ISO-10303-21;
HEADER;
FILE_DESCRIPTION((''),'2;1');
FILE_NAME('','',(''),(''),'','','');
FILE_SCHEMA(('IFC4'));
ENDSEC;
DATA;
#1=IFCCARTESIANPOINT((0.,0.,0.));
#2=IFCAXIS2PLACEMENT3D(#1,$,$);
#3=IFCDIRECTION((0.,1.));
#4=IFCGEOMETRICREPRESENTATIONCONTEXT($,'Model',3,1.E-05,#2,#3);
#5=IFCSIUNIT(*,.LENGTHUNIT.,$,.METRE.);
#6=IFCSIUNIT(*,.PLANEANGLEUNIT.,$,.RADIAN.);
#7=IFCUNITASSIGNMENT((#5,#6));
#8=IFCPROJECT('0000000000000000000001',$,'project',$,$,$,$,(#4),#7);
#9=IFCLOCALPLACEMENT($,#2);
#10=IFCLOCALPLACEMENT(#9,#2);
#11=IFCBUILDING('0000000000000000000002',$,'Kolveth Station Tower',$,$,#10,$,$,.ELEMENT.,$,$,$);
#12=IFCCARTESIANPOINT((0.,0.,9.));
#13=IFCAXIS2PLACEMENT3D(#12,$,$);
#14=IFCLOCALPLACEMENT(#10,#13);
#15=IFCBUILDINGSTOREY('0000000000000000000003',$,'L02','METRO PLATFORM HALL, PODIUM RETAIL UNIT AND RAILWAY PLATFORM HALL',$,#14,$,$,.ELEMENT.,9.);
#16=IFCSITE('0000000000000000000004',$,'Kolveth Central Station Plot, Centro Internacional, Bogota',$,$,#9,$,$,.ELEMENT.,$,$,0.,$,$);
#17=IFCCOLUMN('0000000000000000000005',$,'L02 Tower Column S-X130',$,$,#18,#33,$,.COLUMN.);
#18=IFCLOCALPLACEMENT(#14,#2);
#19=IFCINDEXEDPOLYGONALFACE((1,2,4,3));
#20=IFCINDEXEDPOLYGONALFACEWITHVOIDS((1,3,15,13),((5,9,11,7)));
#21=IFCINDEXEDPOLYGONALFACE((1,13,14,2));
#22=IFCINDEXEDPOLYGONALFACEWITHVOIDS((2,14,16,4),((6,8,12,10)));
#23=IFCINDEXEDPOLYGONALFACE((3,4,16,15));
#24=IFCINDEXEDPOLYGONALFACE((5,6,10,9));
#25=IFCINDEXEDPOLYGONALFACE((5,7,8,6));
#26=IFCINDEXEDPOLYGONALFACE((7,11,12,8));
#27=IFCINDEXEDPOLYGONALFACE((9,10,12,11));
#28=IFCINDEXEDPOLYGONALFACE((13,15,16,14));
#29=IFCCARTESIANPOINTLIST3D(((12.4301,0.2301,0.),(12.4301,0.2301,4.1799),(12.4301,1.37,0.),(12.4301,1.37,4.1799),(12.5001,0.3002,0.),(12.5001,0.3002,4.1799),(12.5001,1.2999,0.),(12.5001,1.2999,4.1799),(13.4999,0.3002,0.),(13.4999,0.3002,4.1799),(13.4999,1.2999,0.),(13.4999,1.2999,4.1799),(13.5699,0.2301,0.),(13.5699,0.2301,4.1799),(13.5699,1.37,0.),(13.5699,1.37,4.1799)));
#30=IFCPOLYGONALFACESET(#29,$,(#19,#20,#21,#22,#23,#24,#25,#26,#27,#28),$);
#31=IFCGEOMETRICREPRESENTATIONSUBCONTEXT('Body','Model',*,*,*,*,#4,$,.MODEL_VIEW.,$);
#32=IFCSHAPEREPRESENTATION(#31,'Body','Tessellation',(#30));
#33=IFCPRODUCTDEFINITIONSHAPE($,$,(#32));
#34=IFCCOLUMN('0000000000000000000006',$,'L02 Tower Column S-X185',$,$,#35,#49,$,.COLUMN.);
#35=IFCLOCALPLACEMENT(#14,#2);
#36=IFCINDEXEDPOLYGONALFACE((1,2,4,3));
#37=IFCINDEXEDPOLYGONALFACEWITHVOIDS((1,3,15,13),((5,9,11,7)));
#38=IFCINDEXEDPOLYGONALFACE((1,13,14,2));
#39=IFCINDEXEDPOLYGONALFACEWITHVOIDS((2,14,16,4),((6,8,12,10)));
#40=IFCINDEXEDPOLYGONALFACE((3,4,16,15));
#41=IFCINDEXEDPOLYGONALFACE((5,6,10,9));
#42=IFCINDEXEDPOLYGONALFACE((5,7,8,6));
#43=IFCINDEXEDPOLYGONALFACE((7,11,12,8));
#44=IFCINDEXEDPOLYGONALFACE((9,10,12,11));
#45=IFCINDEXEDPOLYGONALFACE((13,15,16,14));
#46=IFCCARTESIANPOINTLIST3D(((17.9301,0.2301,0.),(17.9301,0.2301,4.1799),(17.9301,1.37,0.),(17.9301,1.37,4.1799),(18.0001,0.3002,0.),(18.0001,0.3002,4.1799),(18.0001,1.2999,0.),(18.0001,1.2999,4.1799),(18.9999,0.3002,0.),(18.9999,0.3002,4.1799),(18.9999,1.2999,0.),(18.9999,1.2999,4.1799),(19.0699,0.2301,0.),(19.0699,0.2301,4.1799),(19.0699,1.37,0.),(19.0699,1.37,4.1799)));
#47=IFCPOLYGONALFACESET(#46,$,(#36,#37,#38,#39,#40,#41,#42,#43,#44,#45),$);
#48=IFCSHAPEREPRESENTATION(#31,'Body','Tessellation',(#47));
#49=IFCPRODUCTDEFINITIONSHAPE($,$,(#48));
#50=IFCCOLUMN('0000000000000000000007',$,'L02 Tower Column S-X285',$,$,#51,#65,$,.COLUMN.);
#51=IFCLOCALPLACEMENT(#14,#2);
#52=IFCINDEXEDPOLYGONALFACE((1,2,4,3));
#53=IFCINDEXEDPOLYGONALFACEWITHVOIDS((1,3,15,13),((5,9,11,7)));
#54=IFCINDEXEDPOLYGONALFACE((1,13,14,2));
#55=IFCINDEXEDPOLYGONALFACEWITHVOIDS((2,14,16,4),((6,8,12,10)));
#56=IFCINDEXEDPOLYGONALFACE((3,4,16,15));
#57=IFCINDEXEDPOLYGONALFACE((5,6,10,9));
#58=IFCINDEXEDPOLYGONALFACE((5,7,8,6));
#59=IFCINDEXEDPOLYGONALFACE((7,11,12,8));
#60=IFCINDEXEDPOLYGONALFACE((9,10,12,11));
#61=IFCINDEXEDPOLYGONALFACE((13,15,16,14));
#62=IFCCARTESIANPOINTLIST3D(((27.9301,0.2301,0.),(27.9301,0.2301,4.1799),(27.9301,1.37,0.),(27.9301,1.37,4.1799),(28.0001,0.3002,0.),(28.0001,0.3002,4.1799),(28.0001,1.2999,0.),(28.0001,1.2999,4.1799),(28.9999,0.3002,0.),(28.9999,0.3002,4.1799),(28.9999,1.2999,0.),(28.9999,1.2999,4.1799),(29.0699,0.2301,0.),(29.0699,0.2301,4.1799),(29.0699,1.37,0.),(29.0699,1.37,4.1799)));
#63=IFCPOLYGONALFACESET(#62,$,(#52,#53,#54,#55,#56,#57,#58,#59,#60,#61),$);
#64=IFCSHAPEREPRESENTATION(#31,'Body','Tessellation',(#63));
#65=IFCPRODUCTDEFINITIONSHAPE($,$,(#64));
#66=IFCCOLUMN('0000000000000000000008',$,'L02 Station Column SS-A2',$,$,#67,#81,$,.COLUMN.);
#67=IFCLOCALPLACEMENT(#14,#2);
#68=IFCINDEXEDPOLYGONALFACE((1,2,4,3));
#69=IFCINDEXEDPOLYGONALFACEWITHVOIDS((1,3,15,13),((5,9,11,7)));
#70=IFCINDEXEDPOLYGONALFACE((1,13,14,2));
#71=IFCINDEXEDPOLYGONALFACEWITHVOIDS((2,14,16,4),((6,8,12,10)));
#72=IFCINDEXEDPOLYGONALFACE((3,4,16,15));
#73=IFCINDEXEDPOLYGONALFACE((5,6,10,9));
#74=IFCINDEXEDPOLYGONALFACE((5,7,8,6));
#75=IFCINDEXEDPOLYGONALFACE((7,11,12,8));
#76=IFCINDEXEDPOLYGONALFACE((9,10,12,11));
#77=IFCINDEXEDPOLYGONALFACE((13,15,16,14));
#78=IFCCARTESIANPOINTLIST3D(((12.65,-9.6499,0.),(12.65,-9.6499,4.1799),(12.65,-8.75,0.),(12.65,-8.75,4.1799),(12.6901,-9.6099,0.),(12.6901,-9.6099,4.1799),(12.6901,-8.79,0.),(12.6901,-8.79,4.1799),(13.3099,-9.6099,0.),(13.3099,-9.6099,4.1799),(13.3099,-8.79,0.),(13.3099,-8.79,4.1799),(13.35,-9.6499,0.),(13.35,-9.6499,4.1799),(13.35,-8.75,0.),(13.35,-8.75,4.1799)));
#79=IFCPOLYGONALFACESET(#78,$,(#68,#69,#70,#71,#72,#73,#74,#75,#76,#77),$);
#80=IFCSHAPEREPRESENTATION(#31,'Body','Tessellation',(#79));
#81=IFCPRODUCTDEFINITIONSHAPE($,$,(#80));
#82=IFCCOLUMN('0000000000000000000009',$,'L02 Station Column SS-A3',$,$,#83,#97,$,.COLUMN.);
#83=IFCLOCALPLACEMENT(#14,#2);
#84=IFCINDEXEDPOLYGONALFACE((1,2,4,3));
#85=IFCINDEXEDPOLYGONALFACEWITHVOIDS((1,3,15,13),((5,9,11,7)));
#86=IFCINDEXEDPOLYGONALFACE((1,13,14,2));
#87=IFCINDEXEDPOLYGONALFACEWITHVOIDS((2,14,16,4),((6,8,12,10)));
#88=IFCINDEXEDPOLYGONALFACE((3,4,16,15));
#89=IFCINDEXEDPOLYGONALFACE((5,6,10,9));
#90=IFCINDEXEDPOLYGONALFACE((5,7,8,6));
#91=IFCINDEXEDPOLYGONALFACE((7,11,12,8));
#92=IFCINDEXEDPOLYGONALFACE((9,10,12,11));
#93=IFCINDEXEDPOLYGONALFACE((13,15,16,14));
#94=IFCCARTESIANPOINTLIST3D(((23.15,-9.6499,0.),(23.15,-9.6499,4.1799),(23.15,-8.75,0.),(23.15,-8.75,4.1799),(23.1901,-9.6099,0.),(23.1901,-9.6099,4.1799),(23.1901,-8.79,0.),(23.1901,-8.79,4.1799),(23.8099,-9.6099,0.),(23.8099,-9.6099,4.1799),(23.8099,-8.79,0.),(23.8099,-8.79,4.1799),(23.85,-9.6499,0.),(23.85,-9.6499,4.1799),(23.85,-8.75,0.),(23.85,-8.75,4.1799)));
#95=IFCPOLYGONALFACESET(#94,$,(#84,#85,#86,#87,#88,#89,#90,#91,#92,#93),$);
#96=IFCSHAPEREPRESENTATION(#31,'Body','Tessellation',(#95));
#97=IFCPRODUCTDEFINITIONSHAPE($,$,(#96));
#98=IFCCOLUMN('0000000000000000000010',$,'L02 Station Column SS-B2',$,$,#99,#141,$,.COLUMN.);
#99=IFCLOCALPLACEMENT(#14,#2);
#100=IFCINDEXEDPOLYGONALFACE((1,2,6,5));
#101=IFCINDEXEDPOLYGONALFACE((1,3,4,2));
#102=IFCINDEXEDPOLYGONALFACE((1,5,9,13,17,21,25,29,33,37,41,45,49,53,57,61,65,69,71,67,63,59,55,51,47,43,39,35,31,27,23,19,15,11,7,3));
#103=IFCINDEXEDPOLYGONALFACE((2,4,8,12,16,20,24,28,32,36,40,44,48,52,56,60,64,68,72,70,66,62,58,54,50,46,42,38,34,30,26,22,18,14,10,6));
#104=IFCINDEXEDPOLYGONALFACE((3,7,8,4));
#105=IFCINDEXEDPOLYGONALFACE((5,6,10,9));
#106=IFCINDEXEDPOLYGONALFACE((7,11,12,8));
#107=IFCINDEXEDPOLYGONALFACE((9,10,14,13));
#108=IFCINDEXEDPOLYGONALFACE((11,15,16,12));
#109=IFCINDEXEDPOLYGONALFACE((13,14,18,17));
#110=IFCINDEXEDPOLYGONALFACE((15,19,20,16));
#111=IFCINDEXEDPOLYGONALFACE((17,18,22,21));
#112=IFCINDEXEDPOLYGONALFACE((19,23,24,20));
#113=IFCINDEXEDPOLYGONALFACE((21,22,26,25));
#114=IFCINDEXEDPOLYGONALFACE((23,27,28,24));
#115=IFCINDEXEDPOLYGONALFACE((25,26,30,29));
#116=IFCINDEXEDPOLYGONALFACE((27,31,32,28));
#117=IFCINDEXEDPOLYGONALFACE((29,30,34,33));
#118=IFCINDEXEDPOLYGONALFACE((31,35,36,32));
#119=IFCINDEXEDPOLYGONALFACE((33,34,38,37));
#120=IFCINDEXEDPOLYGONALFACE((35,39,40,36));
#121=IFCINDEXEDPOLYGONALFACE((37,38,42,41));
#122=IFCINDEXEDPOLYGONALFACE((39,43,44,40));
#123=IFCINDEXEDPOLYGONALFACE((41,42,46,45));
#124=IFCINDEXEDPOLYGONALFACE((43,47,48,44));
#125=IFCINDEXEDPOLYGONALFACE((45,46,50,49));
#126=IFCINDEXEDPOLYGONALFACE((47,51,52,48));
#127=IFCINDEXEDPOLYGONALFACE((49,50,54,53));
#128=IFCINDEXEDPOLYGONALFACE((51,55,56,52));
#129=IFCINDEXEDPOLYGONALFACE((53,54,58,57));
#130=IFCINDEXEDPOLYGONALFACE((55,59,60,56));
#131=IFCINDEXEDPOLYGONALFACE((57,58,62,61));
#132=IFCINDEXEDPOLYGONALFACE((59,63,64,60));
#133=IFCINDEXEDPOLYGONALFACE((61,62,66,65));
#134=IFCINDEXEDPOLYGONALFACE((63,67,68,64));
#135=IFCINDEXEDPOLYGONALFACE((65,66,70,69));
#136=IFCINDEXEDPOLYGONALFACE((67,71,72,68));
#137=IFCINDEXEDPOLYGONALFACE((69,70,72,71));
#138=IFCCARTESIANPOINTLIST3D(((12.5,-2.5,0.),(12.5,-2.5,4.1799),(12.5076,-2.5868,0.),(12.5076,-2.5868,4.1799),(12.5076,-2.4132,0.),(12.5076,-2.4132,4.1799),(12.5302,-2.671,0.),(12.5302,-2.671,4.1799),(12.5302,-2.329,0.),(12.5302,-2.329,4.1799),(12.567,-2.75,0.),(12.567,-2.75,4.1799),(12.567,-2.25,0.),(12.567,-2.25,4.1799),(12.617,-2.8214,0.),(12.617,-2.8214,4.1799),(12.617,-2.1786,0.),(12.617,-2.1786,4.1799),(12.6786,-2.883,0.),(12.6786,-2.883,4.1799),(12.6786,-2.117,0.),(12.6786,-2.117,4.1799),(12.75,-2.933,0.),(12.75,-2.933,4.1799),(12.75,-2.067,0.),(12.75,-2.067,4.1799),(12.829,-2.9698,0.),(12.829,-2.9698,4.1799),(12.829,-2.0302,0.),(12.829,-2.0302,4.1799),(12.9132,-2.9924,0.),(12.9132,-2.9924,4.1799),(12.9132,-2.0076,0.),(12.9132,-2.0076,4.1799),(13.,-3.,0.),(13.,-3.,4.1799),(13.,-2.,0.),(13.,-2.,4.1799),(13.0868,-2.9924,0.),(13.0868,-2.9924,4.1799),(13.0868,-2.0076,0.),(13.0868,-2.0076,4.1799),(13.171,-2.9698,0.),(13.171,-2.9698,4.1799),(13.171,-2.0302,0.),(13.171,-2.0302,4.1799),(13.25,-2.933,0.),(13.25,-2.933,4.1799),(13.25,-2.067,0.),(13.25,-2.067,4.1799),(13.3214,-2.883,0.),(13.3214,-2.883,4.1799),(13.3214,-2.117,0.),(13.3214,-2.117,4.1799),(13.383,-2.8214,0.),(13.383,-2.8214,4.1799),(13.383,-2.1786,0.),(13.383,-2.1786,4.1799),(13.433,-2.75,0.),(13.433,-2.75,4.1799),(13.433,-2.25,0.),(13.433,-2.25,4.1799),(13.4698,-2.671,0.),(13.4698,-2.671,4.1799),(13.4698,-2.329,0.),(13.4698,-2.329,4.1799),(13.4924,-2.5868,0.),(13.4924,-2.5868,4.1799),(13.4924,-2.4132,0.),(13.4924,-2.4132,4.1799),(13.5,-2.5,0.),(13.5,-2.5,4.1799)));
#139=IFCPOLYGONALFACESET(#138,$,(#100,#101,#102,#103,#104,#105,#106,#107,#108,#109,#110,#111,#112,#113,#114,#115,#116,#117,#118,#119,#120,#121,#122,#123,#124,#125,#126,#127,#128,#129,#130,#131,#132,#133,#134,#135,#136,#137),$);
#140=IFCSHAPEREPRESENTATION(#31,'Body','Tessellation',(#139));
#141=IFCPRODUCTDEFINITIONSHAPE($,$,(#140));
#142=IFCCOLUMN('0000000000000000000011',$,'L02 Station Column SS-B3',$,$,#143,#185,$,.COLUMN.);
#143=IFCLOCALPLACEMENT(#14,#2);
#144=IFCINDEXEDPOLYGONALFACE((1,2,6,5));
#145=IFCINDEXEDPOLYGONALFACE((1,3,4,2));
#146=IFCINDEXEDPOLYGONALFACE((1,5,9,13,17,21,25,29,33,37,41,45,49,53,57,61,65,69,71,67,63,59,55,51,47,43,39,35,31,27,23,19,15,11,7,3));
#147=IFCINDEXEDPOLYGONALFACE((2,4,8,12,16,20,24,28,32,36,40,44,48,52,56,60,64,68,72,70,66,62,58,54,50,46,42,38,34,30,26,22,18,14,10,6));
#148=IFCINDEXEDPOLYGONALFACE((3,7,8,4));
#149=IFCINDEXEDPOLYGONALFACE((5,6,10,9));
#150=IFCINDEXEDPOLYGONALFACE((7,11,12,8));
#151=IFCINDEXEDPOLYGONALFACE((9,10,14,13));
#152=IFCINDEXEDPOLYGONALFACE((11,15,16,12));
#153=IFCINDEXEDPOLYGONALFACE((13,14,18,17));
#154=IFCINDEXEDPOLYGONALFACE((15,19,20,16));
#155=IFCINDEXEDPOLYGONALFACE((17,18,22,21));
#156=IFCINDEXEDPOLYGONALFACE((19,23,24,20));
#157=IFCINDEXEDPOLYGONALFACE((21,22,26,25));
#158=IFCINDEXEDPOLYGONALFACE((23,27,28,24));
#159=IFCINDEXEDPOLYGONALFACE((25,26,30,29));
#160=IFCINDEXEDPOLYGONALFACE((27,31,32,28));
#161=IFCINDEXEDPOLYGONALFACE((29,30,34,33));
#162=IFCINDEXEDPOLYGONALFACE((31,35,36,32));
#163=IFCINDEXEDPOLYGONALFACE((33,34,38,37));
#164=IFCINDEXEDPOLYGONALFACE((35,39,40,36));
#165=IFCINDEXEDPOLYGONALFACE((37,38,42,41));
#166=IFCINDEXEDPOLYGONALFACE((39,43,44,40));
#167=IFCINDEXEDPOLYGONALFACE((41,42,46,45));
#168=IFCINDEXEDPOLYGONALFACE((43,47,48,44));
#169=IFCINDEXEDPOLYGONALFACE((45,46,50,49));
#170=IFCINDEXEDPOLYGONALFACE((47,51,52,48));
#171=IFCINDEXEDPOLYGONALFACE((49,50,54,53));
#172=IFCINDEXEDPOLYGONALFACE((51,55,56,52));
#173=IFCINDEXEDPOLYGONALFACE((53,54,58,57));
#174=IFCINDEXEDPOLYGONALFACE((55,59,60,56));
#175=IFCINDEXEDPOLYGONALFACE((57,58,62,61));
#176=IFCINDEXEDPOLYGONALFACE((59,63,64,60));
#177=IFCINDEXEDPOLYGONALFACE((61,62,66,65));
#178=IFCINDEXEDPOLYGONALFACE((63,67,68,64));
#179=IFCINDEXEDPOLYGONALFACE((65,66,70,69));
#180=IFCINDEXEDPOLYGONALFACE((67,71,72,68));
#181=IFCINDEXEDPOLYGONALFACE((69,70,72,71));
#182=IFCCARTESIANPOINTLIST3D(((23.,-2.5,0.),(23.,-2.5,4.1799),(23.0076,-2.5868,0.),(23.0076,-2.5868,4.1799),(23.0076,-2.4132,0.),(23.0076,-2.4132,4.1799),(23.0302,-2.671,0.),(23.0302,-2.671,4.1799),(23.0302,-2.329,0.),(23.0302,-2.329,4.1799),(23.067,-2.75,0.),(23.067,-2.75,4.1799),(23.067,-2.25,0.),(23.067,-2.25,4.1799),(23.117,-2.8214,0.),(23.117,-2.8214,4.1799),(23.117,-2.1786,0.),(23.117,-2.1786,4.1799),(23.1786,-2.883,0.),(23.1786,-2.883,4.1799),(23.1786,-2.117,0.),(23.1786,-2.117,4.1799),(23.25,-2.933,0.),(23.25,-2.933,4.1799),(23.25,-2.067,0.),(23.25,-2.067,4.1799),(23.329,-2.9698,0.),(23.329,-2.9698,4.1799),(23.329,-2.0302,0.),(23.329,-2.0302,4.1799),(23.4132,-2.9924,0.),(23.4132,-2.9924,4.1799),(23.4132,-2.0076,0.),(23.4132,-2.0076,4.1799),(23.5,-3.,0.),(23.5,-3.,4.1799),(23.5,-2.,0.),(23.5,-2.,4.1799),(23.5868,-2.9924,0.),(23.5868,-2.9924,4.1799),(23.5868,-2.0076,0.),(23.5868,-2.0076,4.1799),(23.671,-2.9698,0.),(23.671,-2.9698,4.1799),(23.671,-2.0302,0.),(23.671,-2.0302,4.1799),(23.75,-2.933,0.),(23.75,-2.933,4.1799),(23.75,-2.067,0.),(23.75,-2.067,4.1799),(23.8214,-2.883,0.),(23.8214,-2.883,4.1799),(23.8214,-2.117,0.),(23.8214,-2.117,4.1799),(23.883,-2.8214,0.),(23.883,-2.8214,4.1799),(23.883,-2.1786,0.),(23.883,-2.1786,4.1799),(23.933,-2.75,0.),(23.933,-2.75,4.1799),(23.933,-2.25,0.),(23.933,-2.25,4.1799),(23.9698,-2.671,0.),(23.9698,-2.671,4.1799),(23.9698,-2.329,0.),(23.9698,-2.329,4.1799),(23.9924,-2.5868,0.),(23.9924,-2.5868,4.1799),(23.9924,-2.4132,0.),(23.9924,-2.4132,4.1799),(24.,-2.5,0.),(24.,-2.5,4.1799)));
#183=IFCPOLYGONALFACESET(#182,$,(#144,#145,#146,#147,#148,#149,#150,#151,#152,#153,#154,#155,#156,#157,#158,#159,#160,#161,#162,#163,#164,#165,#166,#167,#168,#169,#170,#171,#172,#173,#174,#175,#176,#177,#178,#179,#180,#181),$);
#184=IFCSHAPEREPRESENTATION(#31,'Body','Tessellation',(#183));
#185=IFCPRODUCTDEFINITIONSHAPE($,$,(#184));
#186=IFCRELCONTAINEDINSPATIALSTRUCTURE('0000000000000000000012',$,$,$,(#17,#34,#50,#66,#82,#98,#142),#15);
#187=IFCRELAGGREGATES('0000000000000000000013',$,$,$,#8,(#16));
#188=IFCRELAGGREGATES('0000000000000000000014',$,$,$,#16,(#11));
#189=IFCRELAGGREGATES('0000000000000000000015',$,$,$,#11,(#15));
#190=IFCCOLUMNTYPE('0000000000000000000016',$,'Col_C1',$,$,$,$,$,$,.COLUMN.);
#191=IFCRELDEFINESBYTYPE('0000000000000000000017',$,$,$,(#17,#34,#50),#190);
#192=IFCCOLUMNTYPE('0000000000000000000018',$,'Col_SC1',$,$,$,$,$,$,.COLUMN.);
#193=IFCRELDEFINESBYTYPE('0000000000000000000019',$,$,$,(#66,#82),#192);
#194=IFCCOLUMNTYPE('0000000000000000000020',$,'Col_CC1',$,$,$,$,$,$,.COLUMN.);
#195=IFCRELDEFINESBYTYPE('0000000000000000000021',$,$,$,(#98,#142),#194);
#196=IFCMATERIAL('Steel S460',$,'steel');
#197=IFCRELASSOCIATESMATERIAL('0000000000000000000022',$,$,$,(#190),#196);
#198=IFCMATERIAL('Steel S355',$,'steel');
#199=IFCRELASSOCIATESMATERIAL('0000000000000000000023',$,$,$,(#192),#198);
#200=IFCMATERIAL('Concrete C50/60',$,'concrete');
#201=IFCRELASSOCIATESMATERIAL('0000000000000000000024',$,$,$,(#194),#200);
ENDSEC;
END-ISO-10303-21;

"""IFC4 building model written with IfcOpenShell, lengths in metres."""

from ifc_helpers import new_model, si_unit, direction, frame, origin, origin_2d, place, context, subcontext, project, spatial, hollow_rectangle, circle, extrude, source, transform, mapped, material, material_profile, profile_set, type_object, element, save


model = new_model("IFC4")

# Units and contexts
model_context = context("Model", 3, precision=1e-05, world=origin(), true_north=direction((0.0, 1.0)))
body_context = subcontext(model_context, "Body", "Model", "MODEL_VIEW")
ifc_project = project(units=[si_unit("LENGTHUNIT", "METRE"), si_unit("PLANEANGLEUNIT", "RADIAN")], contexts=[model_context])

# Site, building, storey
site_placement = place(None, origin())
site = spatial("IfcSite", under=ifc_project, at=site_placement, Name="Kolveth Central Station Plot, Centro Internacional, Bogota", CompositionType="ELEMENT", RefElevation=0.0)
building_placement = place(site_placement, origin())
building = spatial("IfcBuilding", under=site, at=building_placement, Name="Kolveth Station Tower", CompositionType="ELEMENT")
storey_placement = place(building_placement, frame((0.0, 0.0, 9.0)))
storey = spatial("IfcBuildingStorey", under=building, at=storey_placement, Name="L02", Description="METRO PLATFORM HALL, PODIUM RETAIL UNIT AND RAILWAY PLATFORM HALL", CompositionType="ELEMENT", Elevation=9.0)

# Columns
ifc_material_1 = material(Name="Steel S460", Category="steel")
ifc_material_profile_1 = material_profile(ifc_material_1, hollow_rectangle(XDim=1.1399, YDim=1.1399, WallThickness=0.0701, at=origin_2d()), Name="BOX1140x1140x70")
ifc_profile_set_1 = profile_set([ifc_material_profile_1], Name="Steel S460")
column_type_1 = type_object("IfcColumnType", Name="Col_C1", PredefinedType="COLUMN", material=ifc_profile_set_1)
shared_shape_1 = source(origin(), body_context, "Body", "SweptSolid", [
    extrude(hollow_rectangle(XDim=1.1399, YDim=1.1399, WallThickness=0.0701, at=origin_2d()), origin(), (0.0, 0.0, 1.0), 4.1799),
])
for number, where, z_axis, x_axis, name in (
    (1, (13.0, 0.8, 0.0), (0.0, 0.0, 1.0), (1.0, 0.0, 0.0), "L02 Tower Column S-X130"),
    (2, (18.5, 0.8, 0.0), (0.0, 0.0, 1.0), (1.0, 0.0, 0.0), "L02 Tower Column S-X185"),
    (3, (28.5, 0.8, 0.0), (0.0, 0.0, 1.0), (1.0, 0.0, 0.0), "L02 Tower Column S-X285"),
):
    element("IfcColumn", number, at=place(storey_placement, frame(where, z_axis=z_axis, x_axis=x_axis)), inside=storey, type_object=column_type_1, Name=name, PredefinedType="COLUMN", context=body_context, shape_type="MappedRepresentation", body=[
        mapped(shared_shape_1, transform((0.0, 0.0, 0.0), x_axis=(1.0, 0.0, 0.0), y_axis=(0.0, 1.0, 0.0), z_axis=(0.0, 0.0, 1.0), scale=1.0)),
    ])
ifc_material_2 = material(Name="Steel S355", Category="steel")
ifc_material_profile_2 = material_profile(ifc_material_2, hollow_rectangle(XDim=0.7, YDim=0.8999, WallThickness=0.04, at=origin_2d()), Name="BOX900x700x40")
ifc_profile_set_2 = profile_set([ifc_material_profile_2], Name="Steel S355")
column_type_2 = type_object("IfcColumnType", Name="Col_SC1", PredefinedType="COLUMN", material=ifc_profile_set_2)
shared_shape_2 = source(origin(), body_context, "Body", "SweptSolid", [
    extrude(hollow_rectangle(XDim=0.7, YDim=0.8999, WallThickness=0.04, at=origin_2d()), origin(), (0.0, 0.0, 1.0), 4.1799),
])
for number, where, z_axis, x_axis, name in (
    (4, (13.0, -9.2, 0.0), (0.0, 0.0, 1.0), (1.0, 0.0, 0.0), "L02 Station Column SS-A2"),
    (5, (23.5, -9.2, 0.0), (0.0, 0.0, 1.0), (1.0, 0.0, 0.0), "L02 Station Column SS-A3"),
):
    element("IfcColumn", number, at=place(storey_placement, frame(where, z_axis=z_axis, x_axis=x_axis)), inside=storey, type_object=column_type_2, Name=name, PredefinedType="COLUMN", context=body_context, shape_type="MappedRepresentation", body=[
        mapped(shared_shape_2, transform((0.0, 0.0, 0.0), x_axis=(1.0, 0.0, 0.0), y_axis=(0.0, 1.0, 0.0), z_axis=(0.0, 0.0, 1.0), scale=1.0)),
    ])
ifc_material_3 = material(Name="Concrete C50/60", Category="concrete")
ifc_material_profile_3 = material_profile(ifc_material_3, circle(Radius=0.5, at=origin_2d()), Name="RC-D1000")
ifc_profile_set_3 = profile_set([ifc_material_profile_3], Name="Concrete C50/60")
column_type_3 = type_object("IfcColumnType", Name="Col_CC1", PredefinedType="COLUMN", material=ifc_profile_set_3)
shared_shape_3 = source(origin(), body_context, "Body", "SweptSolid", [
    extrude(circle(Radius=0.5, at=origin_2d()), origin(), (0.0, 0.0, 1.0), 4.1799),
])
for number, where, z_axis, x_axis, name in (
    (6, (13.0, -2.5, 0.0), (0.0, 0.0, 1.0), (1.0, 0.0, 0.0), "L02 Station Column SS-B2"),
    (7, (23.5, -2.5, 0.0), (0.0, 0.0, 1.0), (1.0, 0.0, 0.0), "L02 Station Column SS-B3"),
):
    element("IfcColumn", number, at=place(storey_placement, frame(where, z_axis=z_axis, x_axis=x_axis)), inside=storey, type_object=column_type_3, Name=name, PredefinedType="COLUMN", context=body_context, shape_type="MappedRepresentation", body=[
        mapped(shared_shape_3, transform((0.0, 0.0, 0.0), x_axis=(1.0, 0.0, 0.0), y_axis=(0.0, 1.0, 0.0), z_axis=(0.0, 0.0, 1.0), scale=1.0)),
    ])

save(model, "model.ifc")
